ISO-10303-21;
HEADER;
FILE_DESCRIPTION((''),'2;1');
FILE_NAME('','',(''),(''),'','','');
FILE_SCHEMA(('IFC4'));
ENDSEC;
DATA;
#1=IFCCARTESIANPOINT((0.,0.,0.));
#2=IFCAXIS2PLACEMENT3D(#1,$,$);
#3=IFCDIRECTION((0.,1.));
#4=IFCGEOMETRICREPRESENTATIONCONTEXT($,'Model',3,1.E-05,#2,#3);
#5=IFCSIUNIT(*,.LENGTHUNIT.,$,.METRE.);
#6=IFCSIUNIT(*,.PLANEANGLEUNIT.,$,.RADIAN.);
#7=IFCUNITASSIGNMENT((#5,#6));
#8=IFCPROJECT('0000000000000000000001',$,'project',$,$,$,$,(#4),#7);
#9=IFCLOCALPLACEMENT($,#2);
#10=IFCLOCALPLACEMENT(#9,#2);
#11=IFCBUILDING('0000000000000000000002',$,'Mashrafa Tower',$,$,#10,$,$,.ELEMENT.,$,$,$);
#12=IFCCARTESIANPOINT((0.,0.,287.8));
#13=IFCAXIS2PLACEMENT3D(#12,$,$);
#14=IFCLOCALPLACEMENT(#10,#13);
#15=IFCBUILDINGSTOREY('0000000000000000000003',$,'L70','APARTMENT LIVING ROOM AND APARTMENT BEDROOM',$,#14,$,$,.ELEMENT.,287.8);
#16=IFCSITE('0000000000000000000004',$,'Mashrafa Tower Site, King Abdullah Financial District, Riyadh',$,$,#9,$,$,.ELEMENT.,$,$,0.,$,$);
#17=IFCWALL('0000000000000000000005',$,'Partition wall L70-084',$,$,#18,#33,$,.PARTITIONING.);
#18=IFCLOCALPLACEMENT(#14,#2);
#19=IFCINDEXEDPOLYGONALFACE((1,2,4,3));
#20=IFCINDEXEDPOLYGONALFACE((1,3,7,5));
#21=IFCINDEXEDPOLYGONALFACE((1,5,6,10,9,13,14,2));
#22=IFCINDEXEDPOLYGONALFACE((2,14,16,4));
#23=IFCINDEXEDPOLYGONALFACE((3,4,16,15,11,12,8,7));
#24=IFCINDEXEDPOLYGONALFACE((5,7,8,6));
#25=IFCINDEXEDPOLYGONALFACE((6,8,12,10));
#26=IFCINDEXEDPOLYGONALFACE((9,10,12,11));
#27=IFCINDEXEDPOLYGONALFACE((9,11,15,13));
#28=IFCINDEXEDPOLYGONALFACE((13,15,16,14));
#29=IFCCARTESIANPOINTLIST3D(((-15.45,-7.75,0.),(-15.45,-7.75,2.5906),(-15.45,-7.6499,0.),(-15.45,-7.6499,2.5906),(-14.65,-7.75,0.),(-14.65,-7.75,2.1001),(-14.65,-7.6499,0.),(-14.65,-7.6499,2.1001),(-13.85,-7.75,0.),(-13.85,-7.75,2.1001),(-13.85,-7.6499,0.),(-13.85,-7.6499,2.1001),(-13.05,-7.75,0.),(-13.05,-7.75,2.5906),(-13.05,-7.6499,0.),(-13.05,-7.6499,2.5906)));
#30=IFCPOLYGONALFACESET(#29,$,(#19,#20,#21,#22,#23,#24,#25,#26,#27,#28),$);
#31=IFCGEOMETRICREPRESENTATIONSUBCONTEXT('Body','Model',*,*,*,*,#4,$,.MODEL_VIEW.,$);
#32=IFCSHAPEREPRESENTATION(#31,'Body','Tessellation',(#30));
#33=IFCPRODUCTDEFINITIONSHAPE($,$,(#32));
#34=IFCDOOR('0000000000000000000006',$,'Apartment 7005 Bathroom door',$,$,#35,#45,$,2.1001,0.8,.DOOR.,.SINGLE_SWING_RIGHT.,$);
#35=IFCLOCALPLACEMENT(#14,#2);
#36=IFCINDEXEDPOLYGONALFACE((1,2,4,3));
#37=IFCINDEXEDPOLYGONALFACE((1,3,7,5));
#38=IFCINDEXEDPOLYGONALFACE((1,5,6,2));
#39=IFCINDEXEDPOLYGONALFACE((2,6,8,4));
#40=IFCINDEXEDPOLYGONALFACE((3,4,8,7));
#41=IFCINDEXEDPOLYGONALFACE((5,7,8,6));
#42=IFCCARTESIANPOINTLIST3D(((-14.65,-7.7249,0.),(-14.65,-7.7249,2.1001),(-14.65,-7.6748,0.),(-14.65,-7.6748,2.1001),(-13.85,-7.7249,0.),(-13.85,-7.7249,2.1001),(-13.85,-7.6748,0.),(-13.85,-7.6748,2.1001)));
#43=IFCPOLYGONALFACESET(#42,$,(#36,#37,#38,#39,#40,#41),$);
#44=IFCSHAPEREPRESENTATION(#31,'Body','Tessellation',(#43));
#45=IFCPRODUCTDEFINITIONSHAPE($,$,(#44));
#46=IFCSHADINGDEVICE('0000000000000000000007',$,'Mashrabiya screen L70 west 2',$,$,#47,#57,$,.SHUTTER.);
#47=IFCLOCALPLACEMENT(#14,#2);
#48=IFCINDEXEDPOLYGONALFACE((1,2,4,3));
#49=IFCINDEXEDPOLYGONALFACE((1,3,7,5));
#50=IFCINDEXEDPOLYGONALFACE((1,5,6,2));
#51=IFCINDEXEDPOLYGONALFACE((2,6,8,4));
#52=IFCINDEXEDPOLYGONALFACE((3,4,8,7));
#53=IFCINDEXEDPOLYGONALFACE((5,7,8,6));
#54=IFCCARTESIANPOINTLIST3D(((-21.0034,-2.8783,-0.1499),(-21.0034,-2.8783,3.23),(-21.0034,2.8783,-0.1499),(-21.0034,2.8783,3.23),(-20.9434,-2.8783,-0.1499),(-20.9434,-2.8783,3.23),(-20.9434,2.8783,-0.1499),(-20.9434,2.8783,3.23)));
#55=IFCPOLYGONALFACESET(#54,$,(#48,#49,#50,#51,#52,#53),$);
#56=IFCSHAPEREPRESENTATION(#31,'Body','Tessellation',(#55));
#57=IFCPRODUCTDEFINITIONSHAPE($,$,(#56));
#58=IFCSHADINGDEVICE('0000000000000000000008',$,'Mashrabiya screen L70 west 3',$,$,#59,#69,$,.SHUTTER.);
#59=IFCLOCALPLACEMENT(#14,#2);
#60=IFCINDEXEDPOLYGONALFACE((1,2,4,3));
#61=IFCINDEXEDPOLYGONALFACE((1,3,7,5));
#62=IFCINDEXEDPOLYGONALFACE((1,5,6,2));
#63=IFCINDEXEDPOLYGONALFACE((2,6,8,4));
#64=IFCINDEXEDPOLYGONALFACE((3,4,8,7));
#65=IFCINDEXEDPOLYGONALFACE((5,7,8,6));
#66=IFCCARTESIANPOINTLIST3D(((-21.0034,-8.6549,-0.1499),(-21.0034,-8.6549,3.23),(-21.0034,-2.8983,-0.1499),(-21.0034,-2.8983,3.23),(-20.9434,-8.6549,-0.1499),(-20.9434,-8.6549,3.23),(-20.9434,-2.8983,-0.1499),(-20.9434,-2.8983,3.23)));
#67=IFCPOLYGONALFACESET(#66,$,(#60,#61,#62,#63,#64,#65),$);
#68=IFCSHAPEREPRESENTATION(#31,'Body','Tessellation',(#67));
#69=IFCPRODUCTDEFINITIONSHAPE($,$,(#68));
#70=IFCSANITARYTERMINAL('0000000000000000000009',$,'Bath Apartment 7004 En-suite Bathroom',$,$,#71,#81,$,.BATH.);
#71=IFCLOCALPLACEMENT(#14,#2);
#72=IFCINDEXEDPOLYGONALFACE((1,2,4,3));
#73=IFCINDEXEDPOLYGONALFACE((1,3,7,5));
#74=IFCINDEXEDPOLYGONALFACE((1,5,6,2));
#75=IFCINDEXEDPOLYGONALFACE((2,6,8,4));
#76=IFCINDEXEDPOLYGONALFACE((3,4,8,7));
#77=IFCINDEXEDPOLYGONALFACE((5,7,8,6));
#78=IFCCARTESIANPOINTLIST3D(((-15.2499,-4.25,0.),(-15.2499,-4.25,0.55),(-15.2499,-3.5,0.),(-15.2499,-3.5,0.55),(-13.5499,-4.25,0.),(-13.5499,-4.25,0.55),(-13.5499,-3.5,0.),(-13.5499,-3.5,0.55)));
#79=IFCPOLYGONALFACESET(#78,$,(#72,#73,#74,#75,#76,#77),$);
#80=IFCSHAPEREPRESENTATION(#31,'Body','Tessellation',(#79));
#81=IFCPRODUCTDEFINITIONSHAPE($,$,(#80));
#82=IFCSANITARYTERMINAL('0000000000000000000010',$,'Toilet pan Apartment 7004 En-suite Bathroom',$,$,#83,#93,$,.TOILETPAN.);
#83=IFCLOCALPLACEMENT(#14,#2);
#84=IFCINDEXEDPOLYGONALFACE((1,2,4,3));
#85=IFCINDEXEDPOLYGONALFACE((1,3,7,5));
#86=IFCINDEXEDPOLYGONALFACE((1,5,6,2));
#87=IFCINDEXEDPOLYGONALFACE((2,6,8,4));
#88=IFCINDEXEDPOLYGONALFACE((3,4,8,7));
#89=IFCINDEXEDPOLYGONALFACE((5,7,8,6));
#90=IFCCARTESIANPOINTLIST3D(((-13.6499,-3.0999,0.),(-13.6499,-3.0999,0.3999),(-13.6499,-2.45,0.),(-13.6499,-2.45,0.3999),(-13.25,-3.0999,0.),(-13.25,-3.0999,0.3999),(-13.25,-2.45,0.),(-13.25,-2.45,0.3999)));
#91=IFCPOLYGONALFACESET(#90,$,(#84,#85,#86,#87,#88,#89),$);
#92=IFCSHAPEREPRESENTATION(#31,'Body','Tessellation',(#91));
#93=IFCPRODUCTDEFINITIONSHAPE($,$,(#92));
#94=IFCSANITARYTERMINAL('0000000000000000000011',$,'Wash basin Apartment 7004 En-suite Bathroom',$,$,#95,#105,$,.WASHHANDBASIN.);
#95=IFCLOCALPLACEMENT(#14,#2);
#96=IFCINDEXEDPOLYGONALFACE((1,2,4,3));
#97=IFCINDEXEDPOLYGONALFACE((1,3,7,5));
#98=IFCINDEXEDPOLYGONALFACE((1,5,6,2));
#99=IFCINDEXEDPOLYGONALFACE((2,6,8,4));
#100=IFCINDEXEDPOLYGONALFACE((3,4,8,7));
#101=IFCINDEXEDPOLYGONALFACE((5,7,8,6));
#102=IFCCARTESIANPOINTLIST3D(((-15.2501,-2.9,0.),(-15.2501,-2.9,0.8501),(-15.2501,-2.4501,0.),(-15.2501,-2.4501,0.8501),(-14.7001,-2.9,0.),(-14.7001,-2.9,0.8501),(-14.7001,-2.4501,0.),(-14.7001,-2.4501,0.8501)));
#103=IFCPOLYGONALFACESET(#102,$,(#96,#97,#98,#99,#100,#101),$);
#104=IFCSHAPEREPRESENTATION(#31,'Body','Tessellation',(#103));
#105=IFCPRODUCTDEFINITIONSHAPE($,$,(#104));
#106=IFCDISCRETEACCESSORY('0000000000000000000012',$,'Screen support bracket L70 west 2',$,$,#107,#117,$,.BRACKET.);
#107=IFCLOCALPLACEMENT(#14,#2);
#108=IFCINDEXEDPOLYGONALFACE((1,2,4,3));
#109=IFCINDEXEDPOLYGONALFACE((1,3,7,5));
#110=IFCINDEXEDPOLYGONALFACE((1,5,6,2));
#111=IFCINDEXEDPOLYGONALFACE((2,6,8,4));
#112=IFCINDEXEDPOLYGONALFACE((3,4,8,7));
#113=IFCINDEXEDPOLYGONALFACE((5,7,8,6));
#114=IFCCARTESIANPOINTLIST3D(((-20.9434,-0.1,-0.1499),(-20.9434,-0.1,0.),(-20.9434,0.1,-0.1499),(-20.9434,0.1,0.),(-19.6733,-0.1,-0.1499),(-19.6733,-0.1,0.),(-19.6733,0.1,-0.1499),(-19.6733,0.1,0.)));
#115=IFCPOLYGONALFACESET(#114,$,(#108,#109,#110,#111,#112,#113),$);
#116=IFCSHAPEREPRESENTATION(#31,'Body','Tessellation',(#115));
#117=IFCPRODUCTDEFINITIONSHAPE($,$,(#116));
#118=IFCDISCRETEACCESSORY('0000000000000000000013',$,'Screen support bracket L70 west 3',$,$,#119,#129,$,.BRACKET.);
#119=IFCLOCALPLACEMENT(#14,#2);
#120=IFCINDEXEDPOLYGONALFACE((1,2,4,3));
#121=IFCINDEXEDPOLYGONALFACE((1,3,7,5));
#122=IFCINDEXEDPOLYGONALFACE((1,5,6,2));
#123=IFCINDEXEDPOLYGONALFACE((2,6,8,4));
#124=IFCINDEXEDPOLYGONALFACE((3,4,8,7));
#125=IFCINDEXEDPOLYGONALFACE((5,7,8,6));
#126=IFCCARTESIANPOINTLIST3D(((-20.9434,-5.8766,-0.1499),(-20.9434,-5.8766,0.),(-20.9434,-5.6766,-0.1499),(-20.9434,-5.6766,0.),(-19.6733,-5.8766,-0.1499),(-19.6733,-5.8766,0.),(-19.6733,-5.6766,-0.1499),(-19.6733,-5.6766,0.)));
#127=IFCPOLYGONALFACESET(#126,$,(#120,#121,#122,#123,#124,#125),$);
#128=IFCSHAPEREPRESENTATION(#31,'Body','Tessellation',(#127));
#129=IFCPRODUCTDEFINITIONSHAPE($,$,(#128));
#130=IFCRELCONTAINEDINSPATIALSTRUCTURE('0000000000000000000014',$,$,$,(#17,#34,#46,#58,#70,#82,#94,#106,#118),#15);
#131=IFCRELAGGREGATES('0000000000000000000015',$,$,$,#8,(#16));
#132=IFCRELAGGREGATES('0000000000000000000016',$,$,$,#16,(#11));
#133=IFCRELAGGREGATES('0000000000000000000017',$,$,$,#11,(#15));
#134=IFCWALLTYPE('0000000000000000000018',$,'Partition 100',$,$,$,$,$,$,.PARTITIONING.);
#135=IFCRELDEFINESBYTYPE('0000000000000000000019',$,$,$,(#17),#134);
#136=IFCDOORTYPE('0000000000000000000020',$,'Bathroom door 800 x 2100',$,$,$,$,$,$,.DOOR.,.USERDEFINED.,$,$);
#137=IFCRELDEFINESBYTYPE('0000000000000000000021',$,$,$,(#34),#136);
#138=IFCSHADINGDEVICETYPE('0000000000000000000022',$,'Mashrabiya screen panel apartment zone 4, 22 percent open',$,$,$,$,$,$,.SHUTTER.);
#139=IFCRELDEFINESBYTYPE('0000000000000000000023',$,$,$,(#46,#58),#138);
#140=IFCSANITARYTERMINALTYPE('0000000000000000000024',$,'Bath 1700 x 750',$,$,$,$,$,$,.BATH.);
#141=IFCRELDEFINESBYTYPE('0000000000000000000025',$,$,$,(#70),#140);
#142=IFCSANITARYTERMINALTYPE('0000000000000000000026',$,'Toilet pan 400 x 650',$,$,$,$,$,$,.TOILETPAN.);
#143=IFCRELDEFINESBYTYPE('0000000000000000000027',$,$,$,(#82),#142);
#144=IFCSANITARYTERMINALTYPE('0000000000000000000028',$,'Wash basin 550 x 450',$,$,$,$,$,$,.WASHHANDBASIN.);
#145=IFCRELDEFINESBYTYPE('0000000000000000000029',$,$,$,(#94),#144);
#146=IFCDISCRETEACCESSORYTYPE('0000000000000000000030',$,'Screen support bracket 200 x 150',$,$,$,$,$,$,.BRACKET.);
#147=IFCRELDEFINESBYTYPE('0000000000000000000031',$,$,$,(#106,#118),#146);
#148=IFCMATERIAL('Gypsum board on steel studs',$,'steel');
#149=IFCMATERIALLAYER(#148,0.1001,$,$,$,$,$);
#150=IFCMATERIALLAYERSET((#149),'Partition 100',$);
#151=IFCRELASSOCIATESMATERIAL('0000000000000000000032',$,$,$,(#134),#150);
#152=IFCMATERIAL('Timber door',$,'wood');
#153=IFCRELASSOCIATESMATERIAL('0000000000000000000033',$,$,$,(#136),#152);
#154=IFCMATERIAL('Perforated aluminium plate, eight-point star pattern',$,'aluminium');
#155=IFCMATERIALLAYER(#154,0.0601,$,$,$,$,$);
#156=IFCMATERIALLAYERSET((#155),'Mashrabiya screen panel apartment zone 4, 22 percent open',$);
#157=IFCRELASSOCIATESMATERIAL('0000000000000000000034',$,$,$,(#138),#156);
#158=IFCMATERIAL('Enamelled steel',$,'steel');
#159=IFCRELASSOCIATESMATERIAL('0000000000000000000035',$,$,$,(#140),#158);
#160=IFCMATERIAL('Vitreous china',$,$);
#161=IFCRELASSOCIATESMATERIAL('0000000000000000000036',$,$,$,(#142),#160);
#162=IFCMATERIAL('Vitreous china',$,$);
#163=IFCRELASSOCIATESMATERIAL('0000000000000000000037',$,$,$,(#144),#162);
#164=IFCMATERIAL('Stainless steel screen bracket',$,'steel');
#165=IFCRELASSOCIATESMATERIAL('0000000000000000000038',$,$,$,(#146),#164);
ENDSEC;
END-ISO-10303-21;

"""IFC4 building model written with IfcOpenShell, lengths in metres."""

from ifc_helpers import new_model, si_unit, direction, frame, frame_2d, origin, origin_2d, place, context, subcontext, project, spatial, rectangle, extrude, source, transform, mapped, material, layer, layer_set, type_object, type_shapes, element, fill, save


model = new_model("IFC4")

# Units and contexts
model_context = context("Model", 3, precision=1e-05, world=origin(), true_north=direction((0.0, 1.0)))
body_context = subcontext(model_context, "Body", "Model", "MODEL_VIEW")
ifc_project = project(units=[si_unit("LENGTHUNIT", "METRE"), si_unit("PLANEANGLEUNIT", "RADIAN")], contexts=[model_context])

# Site, building, storey
site_placement = place(None, origin())
site = spatial("IfcSite", under=ifc_project, at=site_placement, Name="Mashrafa Tower Site, King Abdullah Financial District, Riyadh", CompositionType="ELEMENT", RefElevation=0.0)
building_placement = place(site_placement, origin())
building = spatial("IfcBuilding", under=site, at=building_placement, Name="Mashrafa Tower", CompositionType="ELEMENT")
storey_placement = place(building_placement, frame((0.0, 0.0, 287.8)))
storey = spatial("IfcBuildingStorey", under=building, at=storey_placement, Name="L70", Description="APARTMENT LIVING ROOM AND APARTMENT BEDROOM", CompositionType="ELEMENT", Elevation=287.8)

# Shared definitions
ifc_material_1 = material(Name="Gypsum board on steel studs", Category="steel")
ifc_layer_1 = layer(ifc_material_1, 0.1001)
ifc_layer_set_1 = layer_set([ifc_layer_1], Name="Partition 100")
wall_type_1 = type_object("IfcWallType", Name="Partition 100", PredefinedType="PARTITIONING", material=ifc_layer_set_1)

# Shared definitions
ifc_material_2 = material(Name="Timber door", Category="wood")
door_type_1 = type_object("IfcDoorType", Name="Bathroom door 800 x 2100", OperationType="USERDEFINED", PredefinedType="DOOR", material=ifc_material_2)

# Wall, opening, door
wall_1_placement = place(storey_placement, frame((-13.05, -7.7, 0.0), z_axis=(0.0, 0.0, 1.0), x_axis=(-1.0, 0.0, 0.0)))
wall_1 = element("IfcWall", 1, at=wall_1_placement, inside=storey, type_object=wall_type_1, Name="Partition wall L70-084", PredefinedType="PARTITIONING", context=body_context, shape_type="SweptSolid", body=[
    extrude(rectangle(XDim=2.3999, YDim=0.1001, at=frame_2d((1.2, 0.0))), origin(), (0.0, 0.0, 1.0), 2.5906),
])
opening_1_placement = place(wall_1_placement, frame((0.8, 0.0, 0.0)))
opening_1 = element("IfcOpeningElement", 2, at=opening_1_placement, cuts=wall_1, PredefinedType="OPENING", context=body_context, shape_type="SweptSolid", body=[
    extrude(rectangle(XDim=0.8, YDim=2.1001, at=frame_2d((0.3999, 1.05))), frame((0.0, 0.0601, 0.0), z_axis=(0.0, -1.0, 0.0), x_axis=(1.0, 0.0, 0.0)), (0.0, 0.0, 1.0), 0.1201),
])
door_1_placement = place(opening_1_placement, origin())
door_1 = element("IfcDoor", 3, at=door_1_placement, inside=storey, type_object=door_type_1, Name="Apartment 7005 Bathroom door", OperationType="SINGLE_SWING_RIGHT", OverallHeight=2.1001, OverallWidth=0.8, PredefinedType="DOOR", context=body_context, shape_type="SweptSolid", body=[
    extrude(rectangle(XDim=0.8, YDim=2.1001, at=frame_2d((0.3999, 1.05))), frame((0.0, 0.0249, 0.0), z_axis=(0.0, -1.0, 0.0), x_axis=(1.0, 0.0, 0.0)), (0.0, 0.0, 1.0), 0.05),
])
fill(opening_1, door_1)

# Shading devices
ifc_material_3 = material(Name="Perforated aluminium plate, eight-point star pattern", Category="aluminium")
ifc_layer_2 = layer(ifc_material_3, 0.0601)
ifc_layer_set_2 = layer_set([ifc_layer_2], Name="Mashrabiya screen panel apartment zone 4, 22 percent open")
shading_device_type = type_object("IfcShadingDeviceType", Name="Mashrabiya screen panel apartment zone 4, 22 percent open", PredefinedType="SHUTTER", material=ifc_layer_set_2)
shared_shape_1 = source(origin(), body_context, "Body", "SweptSolid", [
    extrude(rectangle(XDim=5.7566, YDim=0.0601, at=origin_2d()), origin(), (0.0, 0.0, 1.0), 3.3799),
])
type_shapes(shading_device_type, [shared_shape_1])
for number, where, z_axis, x_axis, name in (
    (4, (-20.9734, 0.0, -0.1499), (0.0, 0.0, 1.0), (0.0, -1.0, 0.0), "Mashrabiya screen L70 west 2"),
    (5, (-20.9734, -5.7766, -0.1499), (0.0, 0.0, 1.0), (0.0, -1.0, 0.0), "Mashrabiya screen L70 west 3"),
):
    element("IfcShadingDevice", number, at=place(storey_placement, frame(where, z_axis=z_axis, x_axis=x_axis)), inside=storey, type_object=shading_device_type, Name=name, PredefinedType="SHUTTER", context=body_context, shape_type="MappedRepresentation", body=[
        mapped(shared_shape_1, transform((0.0, 0.0, 0.0))),
    ])

# Sanitary terminals
ifc_material_4 = material(Name="Enamelled steel", Category="steel")
sanitary_terminal_type_1 = type_object("IfcSanitaryTerminalType", Name="Bath 1700 x 750", PredefinedType="BATH", material=ifc_material_4)
sanitary_terminal_1_placement = place(storey_placement, frame((-14.3999, -3.875, 0.0), z_axis=(0.0, 0.0, 1.0), x_axis=(1.0, 0.0, 0.0)))
element("IfcSanitaryTerminal", 6, at=sanitary_terminal_1_placement, inside=storey, type_object=sanitary_terminal_type_1, Name="Bath Apartment 7004 En-suite Bathroom", PredefinedType="BATH", context=body_context, shape_type="SweptSolid", body=[
    extrude(rectangle(XDim=1.7, YDim=0.75, at=origin_2d()), origin(), (0.0, 0.0, 1.0), 0.55),
])
ifc_material_5 = material(Name="Vitreous china")
sanitary_terminal_type_2 = type_object("IfcSanitaryTerminalType", Name="Toilet pan 400 x 650", PredefinedType="TOILETPAN", material=ifc_material_5)
sanitary_terminal_2_placement = place(storey_placement, frame((-13.45, -2.7749, 0.0), z_axis=(0.0, 0.0, 1.0), x_axis=(-1.0, 0.0, 0.0)))
element("IfcSanitaryTerminal", 7, at=sanitary_terminal_2_placement, inside=storey, type_object=sanitary_terminal_type_2, Name="Toilet pan Apartment 7004 En-suite Bathroom", PredefinedType="TOILETPAN", context=body_context, shape_type="SweptSolid", body=[
    extrude(rectangle(XDim=0.3999, YDim=0.6499, at=origin_2d()), origin(), (0.0, 0.0, 1.0), 0.3999),
])
ifc_material_6 = material(Name="Vitreous china")
sanitary_terminal_type_3 = type_object("IfcSanitaryTerminalType", Name="Wash basin 550 x 450", PredefinedType="WASHHANDBASIN", material=ifc_material_6)
sanitary_terminal_3_placement = place(storey_placement, frame((-14.9751, -2.675, 0.0), z_axis=(0.0, 0.0, 1.0), x_axis=(-1.0, 0.0, 0.0)))
element("IfcSanitaryTerminal", 8, at=sanitary_terminal_3_placement, inside=storey, type_object=sanitary_terminal_type_3, Name="Wash basin Apartment 7004 En-suite Bathroom", PredefinedType="WASHHANDBASIN", context=body_context, shape_type="SweptSolid", body=[
    extrude(rectangle(XDim=0.55, YDim=0.45, at=origin_2d()), origin(), (0.0, 0.0, 1.0), 0.8501),
])

# Discrete accessories
ifc_material_7 = material(Name="Stainless steel screen bracket", Category="steel")
discrete_accessory_type = type_object("IfcDiscreteAccessoryType", Name="Screen support bracket 200 x 150", PredefinedType="BRACKET", material=ifc_material_7)
shared_shape_2 = source(origin(), body_context, "Body", "SweptSolid", [
    extrude(rectangle(XDim=0.2, YDim=1.27, at=origin_2d()), origin(), (0.0, 0.0, 1.0), 0.1499),
])
type_shapes(discrete_accessory_type, [shared_shape_2])
for number, where, z_axis, x_axis, name in (
    (9, (-20.3083, 0.0, -0.1499), (0.0, 0.0, 1.0), (0.0, -1.0, 0.0), "Screen support bracket L70 west 2"),
    (10, (-20.3083, -5.7766, -0.1499), (0.0, 0.0, 1.0), (0.0, -1.0, 0.0), "Screen support bracket L70 west 3"),
):
    element("IfcDiscreteAccessory", number, at=place(storey_placement, frame(where, z_axis=z_axis, x_axis=x_axis)), inside=storey, type_object=discrete_accessory_type, Name=name, PredefinedType="BRACKET", context=body_context, shape_type="MappedRepresentation", body=[
        mapped(shared_shape_2, transform((0.0, 0.0, 0.0))),
    ])

save(model, "model.ifc")
